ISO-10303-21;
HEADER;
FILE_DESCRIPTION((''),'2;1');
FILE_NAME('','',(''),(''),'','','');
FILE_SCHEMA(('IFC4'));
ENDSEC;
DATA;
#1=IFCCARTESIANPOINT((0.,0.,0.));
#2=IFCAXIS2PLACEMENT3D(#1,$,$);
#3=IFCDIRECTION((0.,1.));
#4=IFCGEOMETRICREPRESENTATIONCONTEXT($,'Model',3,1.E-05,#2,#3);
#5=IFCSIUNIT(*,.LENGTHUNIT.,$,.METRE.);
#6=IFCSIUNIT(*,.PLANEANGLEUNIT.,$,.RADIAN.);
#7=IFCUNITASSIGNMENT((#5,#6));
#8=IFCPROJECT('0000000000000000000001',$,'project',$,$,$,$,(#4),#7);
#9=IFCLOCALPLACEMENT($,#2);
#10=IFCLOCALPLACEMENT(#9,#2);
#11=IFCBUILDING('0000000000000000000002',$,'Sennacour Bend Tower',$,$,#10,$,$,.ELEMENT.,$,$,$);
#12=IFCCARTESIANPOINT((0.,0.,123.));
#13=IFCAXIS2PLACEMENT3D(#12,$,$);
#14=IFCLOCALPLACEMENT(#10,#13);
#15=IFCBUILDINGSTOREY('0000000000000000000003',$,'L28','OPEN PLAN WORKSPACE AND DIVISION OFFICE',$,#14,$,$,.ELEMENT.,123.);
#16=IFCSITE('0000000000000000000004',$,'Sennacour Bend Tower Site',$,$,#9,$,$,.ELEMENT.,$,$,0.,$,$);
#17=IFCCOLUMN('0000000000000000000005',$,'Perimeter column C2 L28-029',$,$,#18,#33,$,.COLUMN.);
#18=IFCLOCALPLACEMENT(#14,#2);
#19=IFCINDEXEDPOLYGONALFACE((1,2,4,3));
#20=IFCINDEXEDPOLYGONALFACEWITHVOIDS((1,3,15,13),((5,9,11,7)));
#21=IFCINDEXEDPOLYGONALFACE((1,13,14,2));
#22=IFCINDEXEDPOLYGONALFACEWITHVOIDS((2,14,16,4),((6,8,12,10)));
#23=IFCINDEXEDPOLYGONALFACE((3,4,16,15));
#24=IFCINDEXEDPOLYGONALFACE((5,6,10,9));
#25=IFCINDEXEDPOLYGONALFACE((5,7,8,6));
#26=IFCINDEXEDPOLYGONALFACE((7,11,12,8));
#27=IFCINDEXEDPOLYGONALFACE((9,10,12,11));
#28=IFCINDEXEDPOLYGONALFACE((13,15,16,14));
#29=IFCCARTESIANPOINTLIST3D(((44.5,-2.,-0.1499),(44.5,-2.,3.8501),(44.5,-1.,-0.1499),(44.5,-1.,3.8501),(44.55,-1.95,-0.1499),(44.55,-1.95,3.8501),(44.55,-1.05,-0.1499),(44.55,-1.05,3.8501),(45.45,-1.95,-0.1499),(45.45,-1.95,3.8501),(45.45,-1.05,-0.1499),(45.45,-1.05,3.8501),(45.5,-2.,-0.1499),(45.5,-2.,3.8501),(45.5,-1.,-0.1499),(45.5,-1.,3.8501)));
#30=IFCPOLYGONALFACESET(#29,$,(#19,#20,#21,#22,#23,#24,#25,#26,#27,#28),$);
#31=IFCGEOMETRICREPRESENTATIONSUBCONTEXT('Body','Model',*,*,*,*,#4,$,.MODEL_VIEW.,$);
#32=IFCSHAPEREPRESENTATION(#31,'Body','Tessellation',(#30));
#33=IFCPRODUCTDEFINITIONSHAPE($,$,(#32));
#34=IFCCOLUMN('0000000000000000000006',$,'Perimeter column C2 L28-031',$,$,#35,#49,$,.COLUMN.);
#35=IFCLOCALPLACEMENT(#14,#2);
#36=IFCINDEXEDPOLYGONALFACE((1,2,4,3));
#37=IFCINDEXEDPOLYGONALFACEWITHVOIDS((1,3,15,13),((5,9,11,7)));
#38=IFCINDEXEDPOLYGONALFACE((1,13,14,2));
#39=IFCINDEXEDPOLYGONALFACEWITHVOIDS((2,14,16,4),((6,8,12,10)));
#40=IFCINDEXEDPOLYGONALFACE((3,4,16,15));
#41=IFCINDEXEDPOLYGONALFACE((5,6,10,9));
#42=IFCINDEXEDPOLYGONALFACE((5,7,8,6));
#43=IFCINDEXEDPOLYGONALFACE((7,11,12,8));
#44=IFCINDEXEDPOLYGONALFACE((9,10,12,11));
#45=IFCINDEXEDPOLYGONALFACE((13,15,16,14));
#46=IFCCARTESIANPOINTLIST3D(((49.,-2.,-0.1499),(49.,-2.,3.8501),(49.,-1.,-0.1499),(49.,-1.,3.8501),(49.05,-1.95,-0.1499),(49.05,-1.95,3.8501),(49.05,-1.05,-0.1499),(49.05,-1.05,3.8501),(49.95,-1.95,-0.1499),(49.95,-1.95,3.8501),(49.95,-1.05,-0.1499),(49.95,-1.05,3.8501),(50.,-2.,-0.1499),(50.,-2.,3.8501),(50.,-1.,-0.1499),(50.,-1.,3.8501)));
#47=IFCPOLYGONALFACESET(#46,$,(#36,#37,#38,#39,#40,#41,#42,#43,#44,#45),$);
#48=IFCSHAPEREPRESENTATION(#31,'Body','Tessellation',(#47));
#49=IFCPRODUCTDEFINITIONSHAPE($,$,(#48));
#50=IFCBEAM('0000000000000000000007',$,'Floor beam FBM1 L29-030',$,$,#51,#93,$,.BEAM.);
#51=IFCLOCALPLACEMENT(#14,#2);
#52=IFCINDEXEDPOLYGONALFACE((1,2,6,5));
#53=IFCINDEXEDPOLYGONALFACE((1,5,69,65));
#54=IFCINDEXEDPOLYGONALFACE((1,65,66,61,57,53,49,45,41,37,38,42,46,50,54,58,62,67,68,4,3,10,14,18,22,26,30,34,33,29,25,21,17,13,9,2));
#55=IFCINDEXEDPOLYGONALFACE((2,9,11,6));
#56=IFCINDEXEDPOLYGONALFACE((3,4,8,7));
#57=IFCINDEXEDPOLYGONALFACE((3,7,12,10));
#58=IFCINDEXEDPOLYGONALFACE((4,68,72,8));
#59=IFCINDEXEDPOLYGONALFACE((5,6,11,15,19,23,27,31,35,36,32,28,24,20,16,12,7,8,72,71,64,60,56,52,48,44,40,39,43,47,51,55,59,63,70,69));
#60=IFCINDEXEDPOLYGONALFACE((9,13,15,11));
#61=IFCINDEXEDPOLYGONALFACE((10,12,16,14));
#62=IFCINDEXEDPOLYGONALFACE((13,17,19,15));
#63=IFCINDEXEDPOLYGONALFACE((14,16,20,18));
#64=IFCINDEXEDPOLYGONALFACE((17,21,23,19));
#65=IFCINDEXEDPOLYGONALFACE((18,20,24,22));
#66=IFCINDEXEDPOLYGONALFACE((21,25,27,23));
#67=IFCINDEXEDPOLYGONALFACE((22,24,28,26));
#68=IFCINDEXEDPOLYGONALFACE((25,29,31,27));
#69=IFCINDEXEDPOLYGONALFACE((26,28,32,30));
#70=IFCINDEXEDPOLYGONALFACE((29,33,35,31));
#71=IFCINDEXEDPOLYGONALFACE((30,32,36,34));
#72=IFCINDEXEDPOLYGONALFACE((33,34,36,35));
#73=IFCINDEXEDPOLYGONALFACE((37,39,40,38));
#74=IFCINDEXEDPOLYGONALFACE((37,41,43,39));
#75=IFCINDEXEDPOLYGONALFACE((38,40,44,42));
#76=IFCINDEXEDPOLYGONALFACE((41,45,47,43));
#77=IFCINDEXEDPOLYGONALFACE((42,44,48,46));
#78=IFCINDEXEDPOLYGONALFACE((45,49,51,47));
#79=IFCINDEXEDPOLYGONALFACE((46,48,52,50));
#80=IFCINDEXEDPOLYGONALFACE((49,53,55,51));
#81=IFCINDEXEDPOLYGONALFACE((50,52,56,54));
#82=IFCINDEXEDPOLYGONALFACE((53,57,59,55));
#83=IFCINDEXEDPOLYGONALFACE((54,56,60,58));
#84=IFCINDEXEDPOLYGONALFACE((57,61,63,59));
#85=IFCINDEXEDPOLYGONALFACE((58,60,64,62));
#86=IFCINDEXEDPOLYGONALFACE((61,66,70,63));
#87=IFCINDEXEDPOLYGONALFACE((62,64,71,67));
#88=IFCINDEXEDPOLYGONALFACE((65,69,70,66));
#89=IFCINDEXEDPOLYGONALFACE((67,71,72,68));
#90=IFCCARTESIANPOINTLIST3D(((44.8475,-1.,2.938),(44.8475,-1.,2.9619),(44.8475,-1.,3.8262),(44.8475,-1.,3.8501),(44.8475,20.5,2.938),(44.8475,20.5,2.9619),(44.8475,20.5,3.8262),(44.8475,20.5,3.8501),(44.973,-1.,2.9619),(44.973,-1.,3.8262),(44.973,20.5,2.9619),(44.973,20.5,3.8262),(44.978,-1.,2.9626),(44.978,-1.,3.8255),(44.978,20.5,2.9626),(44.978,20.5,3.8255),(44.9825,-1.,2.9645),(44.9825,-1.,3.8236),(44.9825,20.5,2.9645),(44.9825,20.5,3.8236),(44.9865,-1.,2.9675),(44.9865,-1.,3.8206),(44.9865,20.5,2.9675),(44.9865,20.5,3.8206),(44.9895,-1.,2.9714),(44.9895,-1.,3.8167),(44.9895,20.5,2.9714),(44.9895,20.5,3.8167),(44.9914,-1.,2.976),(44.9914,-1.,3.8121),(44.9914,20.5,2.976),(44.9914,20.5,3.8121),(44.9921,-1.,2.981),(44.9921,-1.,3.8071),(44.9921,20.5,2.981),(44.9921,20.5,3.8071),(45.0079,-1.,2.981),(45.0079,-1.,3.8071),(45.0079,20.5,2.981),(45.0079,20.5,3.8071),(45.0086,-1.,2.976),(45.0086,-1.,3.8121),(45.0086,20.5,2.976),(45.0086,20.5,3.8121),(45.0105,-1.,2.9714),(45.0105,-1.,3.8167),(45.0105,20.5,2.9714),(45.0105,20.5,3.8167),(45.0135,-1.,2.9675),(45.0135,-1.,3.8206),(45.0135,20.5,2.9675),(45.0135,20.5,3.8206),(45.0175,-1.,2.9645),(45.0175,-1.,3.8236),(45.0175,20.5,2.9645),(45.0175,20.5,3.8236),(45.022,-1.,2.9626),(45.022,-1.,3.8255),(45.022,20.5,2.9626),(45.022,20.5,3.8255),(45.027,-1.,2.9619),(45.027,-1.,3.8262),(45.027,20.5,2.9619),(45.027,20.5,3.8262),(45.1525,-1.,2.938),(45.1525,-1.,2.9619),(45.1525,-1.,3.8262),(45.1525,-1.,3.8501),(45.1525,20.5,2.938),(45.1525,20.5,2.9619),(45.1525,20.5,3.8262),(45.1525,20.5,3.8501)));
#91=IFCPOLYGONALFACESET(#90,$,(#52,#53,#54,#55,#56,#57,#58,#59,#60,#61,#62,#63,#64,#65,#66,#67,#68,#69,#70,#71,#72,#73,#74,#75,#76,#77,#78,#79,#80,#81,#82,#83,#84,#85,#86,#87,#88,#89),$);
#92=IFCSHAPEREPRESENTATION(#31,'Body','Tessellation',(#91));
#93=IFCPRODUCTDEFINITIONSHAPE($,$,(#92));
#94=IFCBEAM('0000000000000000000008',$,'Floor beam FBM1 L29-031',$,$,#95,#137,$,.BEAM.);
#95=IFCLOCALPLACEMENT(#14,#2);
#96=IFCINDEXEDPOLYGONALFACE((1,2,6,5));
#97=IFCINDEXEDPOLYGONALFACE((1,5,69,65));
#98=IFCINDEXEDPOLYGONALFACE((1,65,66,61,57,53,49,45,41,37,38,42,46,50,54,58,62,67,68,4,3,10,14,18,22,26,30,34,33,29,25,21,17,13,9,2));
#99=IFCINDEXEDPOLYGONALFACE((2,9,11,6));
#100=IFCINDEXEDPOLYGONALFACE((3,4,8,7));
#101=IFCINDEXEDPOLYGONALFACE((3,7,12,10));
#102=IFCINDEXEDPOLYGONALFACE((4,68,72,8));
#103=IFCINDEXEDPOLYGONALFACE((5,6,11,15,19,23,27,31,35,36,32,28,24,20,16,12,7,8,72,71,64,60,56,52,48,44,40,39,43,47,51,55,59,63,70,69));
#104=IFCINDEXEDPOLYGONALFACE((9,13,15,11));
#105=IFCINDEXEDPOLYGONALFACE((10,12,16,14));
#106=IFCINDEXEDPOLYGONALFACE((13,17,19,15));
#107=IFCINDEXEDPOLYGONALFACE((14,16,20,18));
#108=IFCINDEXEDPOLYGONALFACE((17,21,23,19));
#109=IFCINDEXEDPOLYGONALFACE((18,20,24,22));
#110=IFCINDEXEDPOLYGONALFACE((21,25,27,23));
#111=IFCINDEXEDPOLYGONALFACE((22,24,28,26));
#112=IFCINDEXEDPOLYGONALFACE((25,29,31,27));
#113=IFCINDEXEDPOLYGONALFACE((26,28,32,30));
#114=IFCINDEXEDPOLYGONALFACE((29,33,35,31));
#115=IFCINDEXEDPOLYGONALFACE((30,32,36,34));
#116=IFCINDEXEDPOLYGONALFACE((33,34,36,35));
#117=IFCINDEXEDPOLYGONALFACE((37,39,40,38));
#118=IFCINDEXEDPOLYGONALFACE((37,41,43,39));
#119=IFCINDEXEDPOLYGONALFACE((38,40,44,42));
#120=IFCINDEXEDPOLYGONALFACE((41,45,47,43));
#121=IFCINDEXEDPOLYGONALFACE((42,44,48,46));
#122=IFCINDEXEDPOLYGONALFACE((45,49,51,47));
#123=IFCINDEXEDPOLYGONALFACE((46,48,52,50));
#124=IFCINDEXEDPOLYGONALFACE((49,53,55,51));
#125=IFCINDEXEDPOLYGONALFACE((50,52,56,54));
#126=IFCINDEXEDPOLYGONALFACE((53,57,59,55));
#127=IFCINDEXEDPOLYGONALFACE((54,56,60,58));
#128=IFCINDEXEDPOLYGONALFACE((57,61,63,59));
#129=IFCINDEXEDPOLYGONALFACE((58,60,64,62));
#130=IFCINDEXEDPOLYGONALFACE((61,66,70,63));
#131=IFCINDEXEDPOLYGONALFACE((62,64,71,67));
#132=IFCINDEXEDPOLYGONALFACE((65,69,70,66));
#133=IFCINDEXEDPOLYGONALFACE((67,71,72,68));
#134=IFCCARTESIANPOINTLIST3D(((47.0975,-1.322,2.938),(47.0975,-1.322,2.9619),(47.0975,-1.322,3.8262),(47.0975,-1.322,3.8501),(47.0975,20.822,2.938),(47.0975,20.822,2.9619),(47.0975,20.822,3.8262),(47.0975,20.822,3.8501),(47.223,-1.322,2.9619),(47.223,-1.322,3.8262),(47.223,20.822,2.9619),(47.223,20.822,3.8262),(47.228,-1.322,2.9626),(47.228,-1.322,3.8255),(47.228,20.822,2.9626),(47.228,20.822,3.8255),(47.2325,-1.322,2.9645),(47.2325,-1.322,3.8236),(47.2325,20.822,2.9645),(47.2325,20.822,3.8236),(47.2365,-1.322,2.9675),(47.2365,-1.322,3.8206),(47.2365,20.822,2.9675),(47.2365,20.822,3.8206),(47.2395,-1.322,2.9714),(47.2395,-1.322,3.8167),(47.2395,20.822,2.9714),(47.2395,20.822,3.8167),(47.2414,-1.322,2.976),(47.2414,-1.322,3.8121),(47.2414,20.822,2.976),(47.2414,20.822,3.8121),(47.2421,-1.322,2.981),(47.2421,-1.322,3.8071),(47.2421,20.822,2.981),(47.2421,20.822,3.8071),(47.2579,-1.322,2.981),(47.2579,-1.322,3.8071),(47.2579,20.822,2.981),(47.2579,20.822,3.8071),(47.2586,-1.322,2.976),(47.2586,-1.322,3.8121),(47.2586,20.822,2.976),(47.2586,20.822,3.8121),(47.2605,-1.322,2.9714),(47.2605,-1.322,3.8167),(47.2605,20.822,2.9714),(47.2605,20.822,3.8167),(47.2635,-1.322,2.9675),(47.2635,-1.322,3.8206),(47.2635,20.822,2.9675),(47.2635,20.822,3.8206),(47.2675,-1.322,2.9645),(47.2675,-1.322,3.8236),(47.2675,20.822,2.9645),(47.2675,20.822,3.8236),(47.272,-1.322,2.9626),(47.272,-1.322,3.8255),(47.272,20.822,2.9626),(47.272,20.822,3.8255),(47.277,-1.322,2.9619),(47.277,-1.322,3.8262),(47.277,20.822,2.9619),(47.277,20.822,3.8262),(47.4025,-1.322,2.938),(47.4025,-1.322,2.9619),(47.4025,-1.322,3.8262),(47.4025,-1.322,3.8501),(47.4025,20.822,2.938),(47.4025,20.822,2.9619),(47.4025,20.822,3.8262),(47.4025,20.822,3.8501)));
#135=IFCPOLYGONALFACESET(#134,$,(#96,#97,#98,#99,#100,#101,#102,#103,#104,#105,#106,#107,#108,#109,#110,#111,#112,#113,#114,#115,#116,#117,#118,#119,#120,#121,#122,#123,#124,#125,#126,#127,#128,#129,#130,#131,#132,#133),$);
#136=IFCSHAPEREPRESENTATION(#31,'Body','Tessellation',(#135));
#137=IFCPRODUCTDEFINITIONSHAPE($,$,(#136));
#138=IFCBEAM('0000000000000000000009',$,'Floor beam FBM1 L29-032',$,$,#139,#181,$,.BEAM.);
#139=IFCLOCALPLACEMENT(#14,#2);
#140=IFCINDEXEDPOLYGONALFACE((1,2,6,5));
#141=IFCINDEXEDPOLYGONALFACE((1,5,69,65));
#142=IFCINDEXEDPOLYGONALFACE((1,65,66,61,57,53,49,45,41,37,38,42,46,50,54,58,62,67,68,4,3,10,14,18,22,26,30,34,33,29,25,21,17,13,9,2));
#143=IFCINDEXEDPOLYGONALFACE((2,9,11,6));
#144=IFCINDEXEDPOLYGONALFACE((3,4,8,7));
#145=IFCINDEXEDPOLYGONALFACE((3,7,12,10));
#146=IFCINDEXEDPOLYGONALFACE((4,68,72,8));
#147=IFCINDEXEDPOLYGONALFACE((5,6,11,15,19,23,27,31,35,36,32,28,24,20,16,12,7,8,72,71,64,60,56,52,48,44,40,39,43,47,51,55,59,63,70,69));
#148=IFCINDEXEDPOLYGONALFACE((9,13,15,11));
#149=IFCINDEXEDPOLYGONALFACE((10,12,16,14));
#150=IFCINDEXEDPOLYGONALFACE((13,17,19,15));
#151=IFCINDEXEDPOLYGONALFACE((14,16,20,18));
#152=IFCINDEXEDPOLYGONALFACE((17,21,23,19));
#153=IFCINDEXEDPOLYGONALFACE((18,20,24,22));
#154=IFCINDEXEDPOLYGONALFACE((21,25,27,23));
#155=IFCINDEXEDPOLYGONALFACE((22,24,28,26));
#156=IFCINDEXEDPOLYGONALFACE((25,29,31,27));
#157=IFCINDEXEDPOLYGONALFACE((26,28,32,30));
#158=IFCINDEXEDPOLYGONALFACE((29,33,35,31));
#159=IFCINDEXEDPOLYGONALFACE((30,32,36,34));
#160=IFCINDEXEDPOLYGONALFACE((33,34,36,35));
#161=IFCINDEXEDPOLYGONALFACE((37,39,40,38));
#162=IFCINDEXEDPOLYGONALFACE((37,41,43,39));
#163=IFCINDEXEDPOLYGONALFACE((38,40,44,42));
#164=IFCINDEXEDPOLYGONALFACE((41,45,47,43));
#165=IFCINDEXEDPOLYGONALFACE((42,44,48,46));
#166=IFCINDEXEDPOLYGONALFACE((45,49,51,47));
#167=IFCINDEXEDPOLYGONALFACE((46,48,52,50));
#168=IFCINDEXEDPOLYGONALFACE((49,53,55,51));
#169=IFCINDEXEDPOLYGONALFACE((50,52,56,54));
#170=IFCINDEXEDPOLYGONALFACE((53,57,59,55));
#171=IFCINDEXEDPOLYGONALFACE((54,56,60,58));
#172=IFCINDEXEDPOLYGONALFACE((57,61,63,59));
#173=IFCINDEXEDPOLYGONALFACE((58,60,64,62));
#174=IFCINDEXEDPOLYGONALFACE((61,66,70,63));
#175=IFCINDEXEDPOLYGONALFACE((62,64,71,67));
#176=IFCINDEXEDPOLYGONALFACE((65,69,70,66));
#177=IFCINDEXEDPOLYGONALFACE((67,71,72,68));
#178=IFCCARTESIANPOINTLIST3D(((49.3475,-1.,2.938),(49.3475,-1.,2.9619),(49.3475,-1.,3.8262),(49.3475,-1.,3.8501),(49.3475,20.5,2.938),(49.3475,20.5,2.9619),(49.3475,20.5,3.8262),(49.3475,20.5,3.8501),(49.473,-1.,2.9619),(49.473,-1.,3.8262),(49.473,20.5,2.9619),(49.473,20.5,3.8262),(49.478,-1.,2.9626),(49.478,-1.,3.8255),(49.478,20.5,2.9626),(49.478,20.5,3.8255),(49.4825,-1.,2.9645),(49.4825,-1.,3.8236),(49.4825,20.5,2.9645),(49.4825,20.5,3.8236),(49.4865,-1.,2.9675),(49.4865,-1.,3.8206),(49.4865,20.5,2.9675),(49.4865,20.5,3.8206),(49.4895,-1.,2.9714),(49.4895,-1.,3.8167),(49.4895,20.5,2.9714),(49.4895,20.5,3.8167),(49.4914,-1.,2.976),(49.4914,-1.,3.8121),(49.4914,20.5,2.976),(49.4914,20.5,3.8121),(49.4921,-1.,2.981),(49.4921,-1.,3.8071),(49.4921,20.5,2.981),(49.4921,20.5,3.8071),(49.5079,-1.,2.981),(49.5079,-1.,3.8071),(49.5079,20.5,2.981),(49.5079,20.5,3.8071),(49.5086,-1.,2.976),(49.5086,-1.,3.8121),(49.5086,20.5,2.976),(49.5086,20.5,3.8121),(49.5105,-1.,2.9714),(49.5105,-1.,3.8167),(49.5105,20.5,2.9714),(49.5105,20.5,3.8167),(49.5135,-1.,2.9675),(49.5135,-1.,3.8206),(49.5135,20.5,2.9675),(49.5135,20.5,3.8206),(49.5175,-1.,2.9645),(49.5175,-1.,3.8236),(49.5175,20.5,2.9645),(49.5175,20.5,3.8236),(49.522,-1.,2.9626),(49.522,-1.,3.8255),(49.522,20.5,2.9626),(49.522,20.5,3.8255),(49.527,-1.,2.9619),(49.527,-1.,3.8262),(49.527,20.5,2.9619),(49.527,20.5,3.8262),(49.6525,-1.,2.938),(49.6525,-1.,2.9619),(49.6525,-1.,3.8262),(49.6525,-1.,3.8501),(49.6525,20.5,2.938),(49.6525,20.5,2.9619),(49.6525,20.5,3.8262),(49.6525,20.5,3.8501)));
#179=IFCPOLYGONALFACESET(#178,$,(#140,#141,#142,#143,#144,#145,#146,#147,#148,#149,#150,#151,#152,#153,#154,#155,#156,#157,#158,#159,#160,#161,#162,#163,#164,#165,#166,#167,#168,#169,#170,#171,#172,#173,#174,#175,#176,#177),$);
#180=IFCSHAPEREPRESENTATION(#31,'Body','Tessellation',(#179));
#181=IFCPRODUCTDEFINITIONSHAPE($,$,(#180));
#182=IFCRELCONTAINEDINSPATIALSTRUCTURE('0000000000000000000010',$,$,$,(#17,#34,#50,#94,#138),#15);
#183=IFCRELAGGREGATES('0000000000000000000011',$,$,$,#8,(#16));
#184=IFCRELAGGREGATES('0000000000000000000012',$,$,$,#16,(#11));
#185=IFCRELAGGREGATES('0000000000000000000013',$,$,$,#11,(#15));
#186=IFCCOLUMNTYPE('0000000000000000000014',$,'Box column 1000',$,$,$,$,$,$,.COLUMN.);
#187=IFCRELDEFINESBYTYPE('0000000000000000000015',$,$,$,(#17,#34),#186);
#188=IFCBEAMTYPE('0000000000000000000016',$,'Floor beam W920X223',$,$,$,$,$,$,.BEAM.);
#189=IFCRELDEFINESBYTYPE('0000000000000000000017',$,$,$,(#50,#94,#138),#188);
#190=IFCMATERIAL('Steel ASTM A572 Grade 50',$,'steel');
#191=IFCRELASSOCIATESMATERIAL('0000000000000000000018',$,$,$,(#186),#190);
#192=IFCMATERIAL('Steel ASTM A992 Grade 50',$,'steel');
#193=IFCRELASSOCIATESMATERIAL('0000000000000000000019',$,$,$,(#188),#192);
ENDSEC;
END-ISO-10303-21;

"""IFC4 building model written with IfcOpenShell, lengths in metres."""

from ifc_helpers import new_model, si_unit, direction, frame, origin, origin_2d, place, context, subcontext, project, spatial, hollow_rectangle, i_section, extrude, material, material_profile, profile_set, type_object, element, save


model = new_model("IFC4")

# Units and contexts
model_context = context("Model", 3, precision=1e-05, world=origin(), true_north=direction((0.0, 1.0)))
body_context = subcontext(model_context, "Body", "Model", "MODEL_VIEW")
ifc_project = project(units=[si_unit("LENGTHUNIT", "METRE"), si_unit("PLANEANGLEUNIT", "RADIAN")], contexts=[model_context])

# Site, building, storey
site_placement = place(None, origin())
site = spatial("IfcSite", under=ifc_project, at=site_placement, Name="Sennacour Bend Tower Site", CompositionType="ELEMENT", RefElevation=0.0)
building_placement = place(site_placement, origin())
building = spatial("IfcBuilding", under=site, at=building_placement, Name="Sennacour Bend Tower", CompositionType="ELEMENT")
storey_placement = place(building_placement, frame((0.0, 0.0, 123.0)))
storey = spatial("IfcBuildingStorey", under=building, at=storey_placement, Name="L28", Description="OPEN PLAN WORKSPACE AND DIVISION OFFICE", CompositionType="ELEMENT", Elevation=123.0)

# Columns
ifc_material_1 = material(Name="Steel ASTM A572 Grade 50", Category="steel")
ifc_material_profile_1 = material_profile(ifc_material_1, hollow_rectangle(XDim=1.0, YDim=1.0, WallThickness=0.05, at=origin_2d()), Name="Steel ASTM A572 Grade 50", Category="steel")
ifc_profile_set_1 = profile_set([ifc_material_profile_1], Name="Steel ASTM A572 Grade 50")
column_type = type_object("IfcColumnType", Name="Box column 1000", PredefinedType="COLUMN", material=ifc_profile_set_1)
for number, where, z_axis, x_axis, name in (
    (1, (45.0, -1.5, -0.1499), (0.0, 0.0, 1.0), (1.0, 0.0, 0.0), "Perimeter column C2 L28-029"),
    (2, (49.5, -1.5, -0.1499), (0.0, 0.0, 1.0), (1.0, 0.0, 0.0), "Perimeter column C2 L28-031"),
):
    element("IfcColumn", number, at=place(storey_placement, frame(where, z_axis=z_axis, x_axis=x_axis)), inside=storey, type_object=column_type, Name=name, PredefinedType="COLUMN", context=body_context, shape_type="SweptSolid", body=[
        extrude(hollow_rectangle(XDim=1.0, YDim=1.0, WallThickness=0.05, at=origin_2d()), origin(), (0.0, 0.0, 1.0), 4.0),
    ])

# Beams
ifc_material_2 = material(Name="Steel ASTM A992 Grade 50", Category="steel")
ifc_material_profile_2 = material_profile(ifc_material_2, i_section(OverallWidth=0.3049, OverallDepth=0.9121, WebThickness=0.0159, FlangeThickness=0.0239, FilletRadius=0.019, at=origin_2d()), Name="Steel ASTM A992 Grade 50", Category="steel")
ifc_profile_set_2 = profile_set([ifc_material_profile_2], Name="Steel ASTM A992 Grade 50")
beam_type_1 = type_object("IfcBeamType", Name="Floor beam W920X223", PredefinedType="BEAM", material=ifc_profile_set_2)
beam_1_placement = place(storey_placement, frame((45.0, -1.0, 3.394), z_axis=(0.0, 1.0, 0.0), x_axis=(-1.0, 0.0, 0.0)))
element("IfcBeam", 3, at=beam_1_placement, inside=storey, type_object=beam_type_1, Name="Floor beam FBM1 L29-030", PredefinedType="BEAM", context=body_context, shape_type="SweptSolid", body=[
    extrude(i_section(OverallWidth=0.3049, OverallDepth=0.9121, WebThickness=0.0159, FlangeThickness=0.0239, FilletRadius=0.019, at=origin_2d()), origin(), (0.0, 0.0, 1.0), 21.5),
])
beam_2_placement = place(storey_placement, frame((47.25, -1.322, 3.394), z_axis=(0.0, 1.0, 0.0), x_axis=(-1.0, 0.0, 0.0)))
element("IfcBeam", 4, at=beam_2_placement, inside=storey, type_object=beam_type_1, Name="Floor beam FBM1 L29-031", PredefinedType="BEAM", context=body_context, shape_type="SweptSolid", body=[
    extrude(i_section(OverallWidth=0.3049, OverallDepth=0.9121, WebThickness=0.0159, FlangeThickness=0.0239, FilletRadius=0.019, at=origin_2d()), origin(), (0.0, 0.0, 1.0), 22.144),
])
beam_3_placement = place(storey_placement, frame((49.5, -1.0, 3.394), z_axis=(0.0, 1.0, 0.0), x_axis=(-1.0, 0.0, 0.0)))
element("IfcBeam", 5, at=beam_3_placement, inside=storey, type_object=beam_type_1, Name="Floor beam FBM1 L29-032", PredefinedType="BEAM", context=body_context, shape_type="SweptSolid", body=[
    extrude(i_section(OverallWidth=0.3049, OverallDepth=0.9121, WebThickness=0.0159, FlangeThickness=0.0239, FilletRadius=0.019, at=origin_2d()), origin(), (0.0, 0.0, 1.0), 21.5),
])

save(model, "model.ifc")
